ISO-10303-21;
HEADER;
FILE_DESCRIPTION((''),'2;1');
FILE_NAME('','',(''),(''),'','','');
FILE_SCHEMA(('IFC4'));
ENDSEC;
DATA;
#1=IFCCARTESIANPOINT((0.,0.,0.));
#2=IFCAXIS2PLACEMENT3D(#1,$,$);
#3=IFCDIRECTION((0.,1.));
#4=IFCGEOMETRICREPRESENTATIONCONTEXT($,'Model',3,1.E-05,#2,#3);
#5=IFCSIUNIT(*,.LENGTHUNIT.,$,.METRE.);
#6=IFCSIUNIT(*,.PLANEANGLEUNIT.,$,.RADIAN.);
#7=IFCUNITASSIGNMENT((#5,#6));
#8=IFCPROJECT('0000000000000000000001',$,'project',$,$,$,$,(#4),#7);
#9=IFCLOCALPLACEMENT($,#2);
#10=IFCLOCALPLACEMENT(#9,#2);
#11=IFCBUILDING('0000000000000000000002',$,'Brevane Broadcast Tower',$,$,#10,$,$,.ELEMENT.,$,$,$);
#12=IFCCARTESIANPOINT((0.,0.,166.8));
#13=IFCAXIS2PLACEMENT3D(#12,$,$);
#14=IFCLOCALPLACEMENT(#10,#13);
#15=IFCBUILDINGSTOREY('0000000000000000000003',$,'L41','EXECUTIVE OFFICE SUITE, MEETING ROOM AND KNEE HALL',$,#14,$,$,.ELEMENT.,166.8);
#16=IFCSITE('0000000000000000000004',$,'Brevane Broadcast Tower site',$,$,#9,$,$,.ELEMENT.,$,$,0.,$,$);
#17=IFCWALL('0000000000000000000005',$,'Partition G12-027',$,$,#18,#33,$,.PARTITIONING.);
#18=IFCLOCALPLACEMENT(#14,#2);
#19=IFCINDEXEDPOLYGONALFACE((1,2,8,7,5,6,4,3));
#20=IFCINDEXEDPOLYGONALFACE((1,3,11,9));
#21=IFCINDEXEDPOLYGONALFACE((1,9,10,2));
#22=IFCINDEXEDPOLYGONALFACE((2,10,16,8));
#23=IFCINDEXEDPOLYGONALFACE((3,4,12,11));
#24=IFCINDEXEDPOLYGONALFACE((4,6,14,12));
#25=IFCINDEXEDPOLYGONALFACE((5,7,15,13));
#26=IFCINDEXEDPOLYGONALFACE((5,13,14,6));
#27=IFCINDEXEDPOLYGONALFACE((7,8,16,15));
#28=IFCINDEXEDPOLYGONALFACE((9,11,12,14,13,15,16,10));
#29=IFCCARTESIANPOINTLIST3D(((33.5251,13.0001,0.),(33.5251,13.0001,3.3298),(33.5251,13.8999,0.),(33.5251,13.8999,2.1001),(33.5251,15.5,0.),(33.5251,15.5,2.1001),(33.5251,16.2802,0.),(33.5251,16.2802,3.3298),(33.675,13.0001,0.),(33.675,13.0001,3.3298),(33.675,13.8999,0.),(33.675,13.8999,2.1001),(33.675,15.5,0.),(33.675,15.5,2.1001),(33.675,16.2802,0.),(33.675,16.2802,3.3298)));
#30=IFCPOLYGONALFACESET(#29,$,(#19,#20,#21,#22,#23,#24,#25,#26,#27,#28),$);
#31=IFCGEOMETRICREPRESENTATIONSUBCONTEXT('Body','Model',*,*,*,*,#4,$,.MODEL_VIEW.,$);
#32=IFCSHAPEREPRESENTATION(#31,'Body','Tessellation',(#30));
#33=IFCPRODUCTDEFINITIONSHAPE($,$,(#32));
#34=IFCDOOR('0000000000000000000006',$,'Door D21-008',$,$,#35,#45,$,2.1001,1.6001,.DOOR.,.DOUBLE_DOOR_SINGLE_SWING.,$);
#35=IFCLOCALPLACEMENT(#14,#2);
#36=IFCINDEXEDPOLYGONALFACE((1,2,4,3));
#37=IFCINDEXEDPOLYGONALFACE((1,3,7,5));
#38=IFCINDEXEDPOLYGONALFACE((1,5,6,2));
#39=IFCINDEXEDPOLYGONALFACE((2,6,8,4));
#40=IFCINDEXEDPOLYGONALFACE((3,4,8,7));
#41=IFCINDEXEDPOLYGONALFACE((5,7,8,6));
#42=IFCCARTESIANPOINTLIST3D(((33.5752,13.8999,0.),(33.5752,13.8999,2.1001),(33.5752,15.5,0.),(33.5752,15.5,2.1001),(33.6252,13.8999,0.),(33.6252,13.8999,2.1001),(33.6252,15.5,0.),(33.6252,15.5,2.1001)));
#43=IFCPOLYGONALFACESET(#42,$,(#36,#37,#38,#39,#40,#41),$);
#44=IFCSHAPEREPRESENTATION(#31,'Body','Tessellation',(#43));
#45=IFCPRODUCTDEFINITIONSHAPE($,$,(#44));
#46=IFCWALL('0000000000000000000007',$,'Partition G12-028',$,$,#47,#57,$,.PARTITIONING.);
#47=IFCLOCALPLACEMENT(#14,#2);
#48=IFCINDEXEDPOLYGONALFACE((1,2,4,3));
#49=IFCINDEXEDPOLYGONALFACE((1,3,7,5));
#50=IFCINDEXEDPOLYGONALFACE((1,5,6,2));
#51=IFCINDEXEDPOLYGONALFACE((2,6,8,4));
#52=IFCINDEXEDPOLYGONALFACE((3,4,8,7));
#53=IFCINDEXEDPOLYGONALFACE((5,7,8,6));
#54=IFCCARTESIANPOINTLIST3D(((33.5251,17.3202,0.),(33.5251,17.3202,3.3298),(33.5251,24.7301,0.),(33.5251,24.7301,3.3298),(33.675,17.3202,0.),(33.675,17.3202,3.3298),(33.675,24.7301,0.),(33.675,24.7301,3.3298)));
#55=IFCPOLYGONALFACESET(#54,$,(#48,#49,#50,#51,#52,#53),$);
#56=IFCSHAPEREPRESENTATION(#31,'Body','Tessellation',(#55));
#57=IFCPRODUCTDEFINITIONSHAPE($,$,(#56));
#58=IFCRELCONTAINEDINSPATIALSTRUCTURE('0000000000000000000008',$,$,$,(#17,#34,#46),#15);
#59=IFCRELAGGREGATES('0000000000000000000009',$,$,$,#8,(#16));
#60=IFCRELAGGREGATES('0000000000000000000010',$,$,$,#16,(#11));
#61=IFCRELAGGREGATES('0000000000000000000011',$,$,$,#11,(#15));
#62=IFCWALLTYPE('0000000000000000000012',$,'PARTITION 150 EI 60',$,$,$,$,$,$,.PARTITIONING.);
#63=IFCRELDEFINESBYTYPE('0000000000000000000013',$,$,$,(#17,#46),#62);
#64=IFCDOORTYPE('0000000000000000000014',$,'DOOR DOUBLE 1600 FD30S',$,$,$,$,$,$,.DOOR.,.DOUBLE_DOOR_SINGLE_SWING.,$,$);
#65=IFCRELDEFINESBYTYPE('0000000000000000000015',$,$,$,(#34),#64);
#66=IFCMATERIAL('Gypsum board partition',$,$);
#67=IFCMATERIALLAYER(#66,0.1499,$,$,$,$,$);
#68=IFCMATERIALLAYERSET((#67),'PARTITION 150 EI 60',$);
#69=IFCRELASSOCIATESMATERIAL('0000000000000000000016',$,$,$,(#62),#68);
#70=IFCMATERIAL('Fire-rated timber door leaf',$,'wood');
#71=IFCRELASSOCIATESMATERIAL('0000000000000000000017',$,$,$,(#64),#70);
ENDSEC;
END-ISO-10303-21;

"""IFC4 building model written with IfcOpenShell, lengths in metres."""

from ifc_helpers import new_model, si_unit, direction, frame, frame_2d, origin, place, context, subcontext, project, spatial, rectangle, extrude, material, layer, layer_set, type_object, element, fill, save


model = new_model("IFC4")

# Units and contexts
model_context = context("Model", 3, precision=1e-05, world=origin(), true_north=direction((0.0, 1.0)))
body_context = subcontext(model_context, "Body", "Model", "MODEL_VIEW")
ifc_project = project(units=[si_unit("LENGTHUNIT", "METRE"), si_unit("PLANEANGLEUNIT", "RADIAN")], contexts=[model_context])

# Site, building, storey
site_placement = place(None, origin())
site = spatial("IfcSite", under=ifc_project, at=site_placement, Name="Brevane Broadcast Tower site", CompositionType="ELEMENT", RefElevation=0.0)
building_placement = place(site_placement, origin())
building = spatial("IfcBuilding", under=site, at=building_placement, Name="Brevane Broadcast Tower", CompositionType="ELEMENT")
storey_placement = place(building_placement, frame((0.0, 0.0, 166.8)))
storey = spatial("IfcBuildingStorey", under=building, at=storey_placement, Name="L41", Description="EXECUTIVE OFFICE SUITE, MEETING ROOM AND KNEE HALL", CompositionType="ELEMENT", Elevation=166.8)

# Shared definitions
ifc_material_1 = material(Name="Gypsum board partition")

# Shared definitions
ifc_layer_1 = layer(ifc_material_1, 0.1499)
ifc_layer_set_1 = layer_set([ifc_layer_1], Name="PARTITION 150 EI 60")
wall_type_1 = type_object("IfcWallType", Name="PARTITION 150 EI 60", PredefinedType="PARTITIONING", material=ifc_layer_set_1)
ifc_material_2 = material(Name="Fire-rated timber door leaf", Category="wood")

# Wall, opening, door
wall_1_placement = place(storey_placement, frame((33.6001, 13.0, 0.0), z_axis=(0.0, 0.0, 1.0), x_axis=(0.0, 1.0, 0.0)))
wall_1 = element("IfcWall", 1, at=wall_1_placement, inside=storey, type_object=wall_type_1, Name="Partition G12-027", PredefinedType="PARTITIONING", context=body_context, shape_type="SweptSolid", body=[
    extrude(rectangle(XDim=3.28, YDim=0.1499, at=frame_2d((1.6401, 0.0))), origin(), (0.0, 0.0, 1.0), 3.3298),
])
opening_1_placement = place(wall_1_placement, frame((0.8999, 0.0, 0.0)))
opening_1 = element("IfcOpeningElement", 2, at=opening_1_placement, cuts=wall_1, PredefinedType="OPENING", context=body_context, shape_type="SweptSolid", body=[
    extrude(rectangle(XDim=1.6001, YDim=2.1001, at=frame_2d((0.8, 1.05))), frame((0.0, 0.085, 0.0), z_axis=(0.0, -1.0, 0.0), x_axis=(1.0, 0.0, 0.0)), (0.0, 0.0, 1.0), 0.1699),
])
door_type_1 = type_object("IfcDoorType", Name="DOOR DOUBLE 1600 FD30S", OperationType="DOUBLE_DOOR_SINGLE_SWING", PredefinedType="DOOR", material=ifc_material_2)
door_1_placement = place(opening_1_placement, origin())
door_1 = element("IfcDoor", 3, at=door_1_placement, inside=storey, type_object=door_type_1, Name="Door D21-008", OperationType="DOUBLE_DOOR_SINGLE_SWING", OverallHeight=2.1001, OverallWidth=1.6001, PredefinedType="DOOR", context=body_context, shape_type="SweptSolid", body=[
    extrude(rectangle(XDim=1.6001, YDim=2.1001, at=frame_2d((0.8, 1.05))), frame((0.0, 0.0249, 0.0), z_axis=(0.0, -1.0, 0.0), x_axis=(1.0, 0.0, 0.0)), (0.0, 0.0, 1.0), 0.05),
])
fill(opening_1, door_1)

# Wall
wall_2_placement = place(storey_placement, frame((33.6001, 17.3201, 0.0), z_axis=(0.0, 0.0, 1.0), x_axis=(0.0, 1.0, 0.0)))
element("IfcWall", 4, at=wall_2_placement, inside=storey, type_object=wall_type_1, Name="Partition G12-028", PredefinedType="PARTITIONING", context=body_context, shape_type="SweptSolid", body=[
    extrude(rectangle(XDim=7.4099, YDim=0.1499, at=frame_2d((3.7051, 0.0))), origin(), (0.0, 0.0, 1.0), 3.3298),
])

save(model, "model.ifc")
